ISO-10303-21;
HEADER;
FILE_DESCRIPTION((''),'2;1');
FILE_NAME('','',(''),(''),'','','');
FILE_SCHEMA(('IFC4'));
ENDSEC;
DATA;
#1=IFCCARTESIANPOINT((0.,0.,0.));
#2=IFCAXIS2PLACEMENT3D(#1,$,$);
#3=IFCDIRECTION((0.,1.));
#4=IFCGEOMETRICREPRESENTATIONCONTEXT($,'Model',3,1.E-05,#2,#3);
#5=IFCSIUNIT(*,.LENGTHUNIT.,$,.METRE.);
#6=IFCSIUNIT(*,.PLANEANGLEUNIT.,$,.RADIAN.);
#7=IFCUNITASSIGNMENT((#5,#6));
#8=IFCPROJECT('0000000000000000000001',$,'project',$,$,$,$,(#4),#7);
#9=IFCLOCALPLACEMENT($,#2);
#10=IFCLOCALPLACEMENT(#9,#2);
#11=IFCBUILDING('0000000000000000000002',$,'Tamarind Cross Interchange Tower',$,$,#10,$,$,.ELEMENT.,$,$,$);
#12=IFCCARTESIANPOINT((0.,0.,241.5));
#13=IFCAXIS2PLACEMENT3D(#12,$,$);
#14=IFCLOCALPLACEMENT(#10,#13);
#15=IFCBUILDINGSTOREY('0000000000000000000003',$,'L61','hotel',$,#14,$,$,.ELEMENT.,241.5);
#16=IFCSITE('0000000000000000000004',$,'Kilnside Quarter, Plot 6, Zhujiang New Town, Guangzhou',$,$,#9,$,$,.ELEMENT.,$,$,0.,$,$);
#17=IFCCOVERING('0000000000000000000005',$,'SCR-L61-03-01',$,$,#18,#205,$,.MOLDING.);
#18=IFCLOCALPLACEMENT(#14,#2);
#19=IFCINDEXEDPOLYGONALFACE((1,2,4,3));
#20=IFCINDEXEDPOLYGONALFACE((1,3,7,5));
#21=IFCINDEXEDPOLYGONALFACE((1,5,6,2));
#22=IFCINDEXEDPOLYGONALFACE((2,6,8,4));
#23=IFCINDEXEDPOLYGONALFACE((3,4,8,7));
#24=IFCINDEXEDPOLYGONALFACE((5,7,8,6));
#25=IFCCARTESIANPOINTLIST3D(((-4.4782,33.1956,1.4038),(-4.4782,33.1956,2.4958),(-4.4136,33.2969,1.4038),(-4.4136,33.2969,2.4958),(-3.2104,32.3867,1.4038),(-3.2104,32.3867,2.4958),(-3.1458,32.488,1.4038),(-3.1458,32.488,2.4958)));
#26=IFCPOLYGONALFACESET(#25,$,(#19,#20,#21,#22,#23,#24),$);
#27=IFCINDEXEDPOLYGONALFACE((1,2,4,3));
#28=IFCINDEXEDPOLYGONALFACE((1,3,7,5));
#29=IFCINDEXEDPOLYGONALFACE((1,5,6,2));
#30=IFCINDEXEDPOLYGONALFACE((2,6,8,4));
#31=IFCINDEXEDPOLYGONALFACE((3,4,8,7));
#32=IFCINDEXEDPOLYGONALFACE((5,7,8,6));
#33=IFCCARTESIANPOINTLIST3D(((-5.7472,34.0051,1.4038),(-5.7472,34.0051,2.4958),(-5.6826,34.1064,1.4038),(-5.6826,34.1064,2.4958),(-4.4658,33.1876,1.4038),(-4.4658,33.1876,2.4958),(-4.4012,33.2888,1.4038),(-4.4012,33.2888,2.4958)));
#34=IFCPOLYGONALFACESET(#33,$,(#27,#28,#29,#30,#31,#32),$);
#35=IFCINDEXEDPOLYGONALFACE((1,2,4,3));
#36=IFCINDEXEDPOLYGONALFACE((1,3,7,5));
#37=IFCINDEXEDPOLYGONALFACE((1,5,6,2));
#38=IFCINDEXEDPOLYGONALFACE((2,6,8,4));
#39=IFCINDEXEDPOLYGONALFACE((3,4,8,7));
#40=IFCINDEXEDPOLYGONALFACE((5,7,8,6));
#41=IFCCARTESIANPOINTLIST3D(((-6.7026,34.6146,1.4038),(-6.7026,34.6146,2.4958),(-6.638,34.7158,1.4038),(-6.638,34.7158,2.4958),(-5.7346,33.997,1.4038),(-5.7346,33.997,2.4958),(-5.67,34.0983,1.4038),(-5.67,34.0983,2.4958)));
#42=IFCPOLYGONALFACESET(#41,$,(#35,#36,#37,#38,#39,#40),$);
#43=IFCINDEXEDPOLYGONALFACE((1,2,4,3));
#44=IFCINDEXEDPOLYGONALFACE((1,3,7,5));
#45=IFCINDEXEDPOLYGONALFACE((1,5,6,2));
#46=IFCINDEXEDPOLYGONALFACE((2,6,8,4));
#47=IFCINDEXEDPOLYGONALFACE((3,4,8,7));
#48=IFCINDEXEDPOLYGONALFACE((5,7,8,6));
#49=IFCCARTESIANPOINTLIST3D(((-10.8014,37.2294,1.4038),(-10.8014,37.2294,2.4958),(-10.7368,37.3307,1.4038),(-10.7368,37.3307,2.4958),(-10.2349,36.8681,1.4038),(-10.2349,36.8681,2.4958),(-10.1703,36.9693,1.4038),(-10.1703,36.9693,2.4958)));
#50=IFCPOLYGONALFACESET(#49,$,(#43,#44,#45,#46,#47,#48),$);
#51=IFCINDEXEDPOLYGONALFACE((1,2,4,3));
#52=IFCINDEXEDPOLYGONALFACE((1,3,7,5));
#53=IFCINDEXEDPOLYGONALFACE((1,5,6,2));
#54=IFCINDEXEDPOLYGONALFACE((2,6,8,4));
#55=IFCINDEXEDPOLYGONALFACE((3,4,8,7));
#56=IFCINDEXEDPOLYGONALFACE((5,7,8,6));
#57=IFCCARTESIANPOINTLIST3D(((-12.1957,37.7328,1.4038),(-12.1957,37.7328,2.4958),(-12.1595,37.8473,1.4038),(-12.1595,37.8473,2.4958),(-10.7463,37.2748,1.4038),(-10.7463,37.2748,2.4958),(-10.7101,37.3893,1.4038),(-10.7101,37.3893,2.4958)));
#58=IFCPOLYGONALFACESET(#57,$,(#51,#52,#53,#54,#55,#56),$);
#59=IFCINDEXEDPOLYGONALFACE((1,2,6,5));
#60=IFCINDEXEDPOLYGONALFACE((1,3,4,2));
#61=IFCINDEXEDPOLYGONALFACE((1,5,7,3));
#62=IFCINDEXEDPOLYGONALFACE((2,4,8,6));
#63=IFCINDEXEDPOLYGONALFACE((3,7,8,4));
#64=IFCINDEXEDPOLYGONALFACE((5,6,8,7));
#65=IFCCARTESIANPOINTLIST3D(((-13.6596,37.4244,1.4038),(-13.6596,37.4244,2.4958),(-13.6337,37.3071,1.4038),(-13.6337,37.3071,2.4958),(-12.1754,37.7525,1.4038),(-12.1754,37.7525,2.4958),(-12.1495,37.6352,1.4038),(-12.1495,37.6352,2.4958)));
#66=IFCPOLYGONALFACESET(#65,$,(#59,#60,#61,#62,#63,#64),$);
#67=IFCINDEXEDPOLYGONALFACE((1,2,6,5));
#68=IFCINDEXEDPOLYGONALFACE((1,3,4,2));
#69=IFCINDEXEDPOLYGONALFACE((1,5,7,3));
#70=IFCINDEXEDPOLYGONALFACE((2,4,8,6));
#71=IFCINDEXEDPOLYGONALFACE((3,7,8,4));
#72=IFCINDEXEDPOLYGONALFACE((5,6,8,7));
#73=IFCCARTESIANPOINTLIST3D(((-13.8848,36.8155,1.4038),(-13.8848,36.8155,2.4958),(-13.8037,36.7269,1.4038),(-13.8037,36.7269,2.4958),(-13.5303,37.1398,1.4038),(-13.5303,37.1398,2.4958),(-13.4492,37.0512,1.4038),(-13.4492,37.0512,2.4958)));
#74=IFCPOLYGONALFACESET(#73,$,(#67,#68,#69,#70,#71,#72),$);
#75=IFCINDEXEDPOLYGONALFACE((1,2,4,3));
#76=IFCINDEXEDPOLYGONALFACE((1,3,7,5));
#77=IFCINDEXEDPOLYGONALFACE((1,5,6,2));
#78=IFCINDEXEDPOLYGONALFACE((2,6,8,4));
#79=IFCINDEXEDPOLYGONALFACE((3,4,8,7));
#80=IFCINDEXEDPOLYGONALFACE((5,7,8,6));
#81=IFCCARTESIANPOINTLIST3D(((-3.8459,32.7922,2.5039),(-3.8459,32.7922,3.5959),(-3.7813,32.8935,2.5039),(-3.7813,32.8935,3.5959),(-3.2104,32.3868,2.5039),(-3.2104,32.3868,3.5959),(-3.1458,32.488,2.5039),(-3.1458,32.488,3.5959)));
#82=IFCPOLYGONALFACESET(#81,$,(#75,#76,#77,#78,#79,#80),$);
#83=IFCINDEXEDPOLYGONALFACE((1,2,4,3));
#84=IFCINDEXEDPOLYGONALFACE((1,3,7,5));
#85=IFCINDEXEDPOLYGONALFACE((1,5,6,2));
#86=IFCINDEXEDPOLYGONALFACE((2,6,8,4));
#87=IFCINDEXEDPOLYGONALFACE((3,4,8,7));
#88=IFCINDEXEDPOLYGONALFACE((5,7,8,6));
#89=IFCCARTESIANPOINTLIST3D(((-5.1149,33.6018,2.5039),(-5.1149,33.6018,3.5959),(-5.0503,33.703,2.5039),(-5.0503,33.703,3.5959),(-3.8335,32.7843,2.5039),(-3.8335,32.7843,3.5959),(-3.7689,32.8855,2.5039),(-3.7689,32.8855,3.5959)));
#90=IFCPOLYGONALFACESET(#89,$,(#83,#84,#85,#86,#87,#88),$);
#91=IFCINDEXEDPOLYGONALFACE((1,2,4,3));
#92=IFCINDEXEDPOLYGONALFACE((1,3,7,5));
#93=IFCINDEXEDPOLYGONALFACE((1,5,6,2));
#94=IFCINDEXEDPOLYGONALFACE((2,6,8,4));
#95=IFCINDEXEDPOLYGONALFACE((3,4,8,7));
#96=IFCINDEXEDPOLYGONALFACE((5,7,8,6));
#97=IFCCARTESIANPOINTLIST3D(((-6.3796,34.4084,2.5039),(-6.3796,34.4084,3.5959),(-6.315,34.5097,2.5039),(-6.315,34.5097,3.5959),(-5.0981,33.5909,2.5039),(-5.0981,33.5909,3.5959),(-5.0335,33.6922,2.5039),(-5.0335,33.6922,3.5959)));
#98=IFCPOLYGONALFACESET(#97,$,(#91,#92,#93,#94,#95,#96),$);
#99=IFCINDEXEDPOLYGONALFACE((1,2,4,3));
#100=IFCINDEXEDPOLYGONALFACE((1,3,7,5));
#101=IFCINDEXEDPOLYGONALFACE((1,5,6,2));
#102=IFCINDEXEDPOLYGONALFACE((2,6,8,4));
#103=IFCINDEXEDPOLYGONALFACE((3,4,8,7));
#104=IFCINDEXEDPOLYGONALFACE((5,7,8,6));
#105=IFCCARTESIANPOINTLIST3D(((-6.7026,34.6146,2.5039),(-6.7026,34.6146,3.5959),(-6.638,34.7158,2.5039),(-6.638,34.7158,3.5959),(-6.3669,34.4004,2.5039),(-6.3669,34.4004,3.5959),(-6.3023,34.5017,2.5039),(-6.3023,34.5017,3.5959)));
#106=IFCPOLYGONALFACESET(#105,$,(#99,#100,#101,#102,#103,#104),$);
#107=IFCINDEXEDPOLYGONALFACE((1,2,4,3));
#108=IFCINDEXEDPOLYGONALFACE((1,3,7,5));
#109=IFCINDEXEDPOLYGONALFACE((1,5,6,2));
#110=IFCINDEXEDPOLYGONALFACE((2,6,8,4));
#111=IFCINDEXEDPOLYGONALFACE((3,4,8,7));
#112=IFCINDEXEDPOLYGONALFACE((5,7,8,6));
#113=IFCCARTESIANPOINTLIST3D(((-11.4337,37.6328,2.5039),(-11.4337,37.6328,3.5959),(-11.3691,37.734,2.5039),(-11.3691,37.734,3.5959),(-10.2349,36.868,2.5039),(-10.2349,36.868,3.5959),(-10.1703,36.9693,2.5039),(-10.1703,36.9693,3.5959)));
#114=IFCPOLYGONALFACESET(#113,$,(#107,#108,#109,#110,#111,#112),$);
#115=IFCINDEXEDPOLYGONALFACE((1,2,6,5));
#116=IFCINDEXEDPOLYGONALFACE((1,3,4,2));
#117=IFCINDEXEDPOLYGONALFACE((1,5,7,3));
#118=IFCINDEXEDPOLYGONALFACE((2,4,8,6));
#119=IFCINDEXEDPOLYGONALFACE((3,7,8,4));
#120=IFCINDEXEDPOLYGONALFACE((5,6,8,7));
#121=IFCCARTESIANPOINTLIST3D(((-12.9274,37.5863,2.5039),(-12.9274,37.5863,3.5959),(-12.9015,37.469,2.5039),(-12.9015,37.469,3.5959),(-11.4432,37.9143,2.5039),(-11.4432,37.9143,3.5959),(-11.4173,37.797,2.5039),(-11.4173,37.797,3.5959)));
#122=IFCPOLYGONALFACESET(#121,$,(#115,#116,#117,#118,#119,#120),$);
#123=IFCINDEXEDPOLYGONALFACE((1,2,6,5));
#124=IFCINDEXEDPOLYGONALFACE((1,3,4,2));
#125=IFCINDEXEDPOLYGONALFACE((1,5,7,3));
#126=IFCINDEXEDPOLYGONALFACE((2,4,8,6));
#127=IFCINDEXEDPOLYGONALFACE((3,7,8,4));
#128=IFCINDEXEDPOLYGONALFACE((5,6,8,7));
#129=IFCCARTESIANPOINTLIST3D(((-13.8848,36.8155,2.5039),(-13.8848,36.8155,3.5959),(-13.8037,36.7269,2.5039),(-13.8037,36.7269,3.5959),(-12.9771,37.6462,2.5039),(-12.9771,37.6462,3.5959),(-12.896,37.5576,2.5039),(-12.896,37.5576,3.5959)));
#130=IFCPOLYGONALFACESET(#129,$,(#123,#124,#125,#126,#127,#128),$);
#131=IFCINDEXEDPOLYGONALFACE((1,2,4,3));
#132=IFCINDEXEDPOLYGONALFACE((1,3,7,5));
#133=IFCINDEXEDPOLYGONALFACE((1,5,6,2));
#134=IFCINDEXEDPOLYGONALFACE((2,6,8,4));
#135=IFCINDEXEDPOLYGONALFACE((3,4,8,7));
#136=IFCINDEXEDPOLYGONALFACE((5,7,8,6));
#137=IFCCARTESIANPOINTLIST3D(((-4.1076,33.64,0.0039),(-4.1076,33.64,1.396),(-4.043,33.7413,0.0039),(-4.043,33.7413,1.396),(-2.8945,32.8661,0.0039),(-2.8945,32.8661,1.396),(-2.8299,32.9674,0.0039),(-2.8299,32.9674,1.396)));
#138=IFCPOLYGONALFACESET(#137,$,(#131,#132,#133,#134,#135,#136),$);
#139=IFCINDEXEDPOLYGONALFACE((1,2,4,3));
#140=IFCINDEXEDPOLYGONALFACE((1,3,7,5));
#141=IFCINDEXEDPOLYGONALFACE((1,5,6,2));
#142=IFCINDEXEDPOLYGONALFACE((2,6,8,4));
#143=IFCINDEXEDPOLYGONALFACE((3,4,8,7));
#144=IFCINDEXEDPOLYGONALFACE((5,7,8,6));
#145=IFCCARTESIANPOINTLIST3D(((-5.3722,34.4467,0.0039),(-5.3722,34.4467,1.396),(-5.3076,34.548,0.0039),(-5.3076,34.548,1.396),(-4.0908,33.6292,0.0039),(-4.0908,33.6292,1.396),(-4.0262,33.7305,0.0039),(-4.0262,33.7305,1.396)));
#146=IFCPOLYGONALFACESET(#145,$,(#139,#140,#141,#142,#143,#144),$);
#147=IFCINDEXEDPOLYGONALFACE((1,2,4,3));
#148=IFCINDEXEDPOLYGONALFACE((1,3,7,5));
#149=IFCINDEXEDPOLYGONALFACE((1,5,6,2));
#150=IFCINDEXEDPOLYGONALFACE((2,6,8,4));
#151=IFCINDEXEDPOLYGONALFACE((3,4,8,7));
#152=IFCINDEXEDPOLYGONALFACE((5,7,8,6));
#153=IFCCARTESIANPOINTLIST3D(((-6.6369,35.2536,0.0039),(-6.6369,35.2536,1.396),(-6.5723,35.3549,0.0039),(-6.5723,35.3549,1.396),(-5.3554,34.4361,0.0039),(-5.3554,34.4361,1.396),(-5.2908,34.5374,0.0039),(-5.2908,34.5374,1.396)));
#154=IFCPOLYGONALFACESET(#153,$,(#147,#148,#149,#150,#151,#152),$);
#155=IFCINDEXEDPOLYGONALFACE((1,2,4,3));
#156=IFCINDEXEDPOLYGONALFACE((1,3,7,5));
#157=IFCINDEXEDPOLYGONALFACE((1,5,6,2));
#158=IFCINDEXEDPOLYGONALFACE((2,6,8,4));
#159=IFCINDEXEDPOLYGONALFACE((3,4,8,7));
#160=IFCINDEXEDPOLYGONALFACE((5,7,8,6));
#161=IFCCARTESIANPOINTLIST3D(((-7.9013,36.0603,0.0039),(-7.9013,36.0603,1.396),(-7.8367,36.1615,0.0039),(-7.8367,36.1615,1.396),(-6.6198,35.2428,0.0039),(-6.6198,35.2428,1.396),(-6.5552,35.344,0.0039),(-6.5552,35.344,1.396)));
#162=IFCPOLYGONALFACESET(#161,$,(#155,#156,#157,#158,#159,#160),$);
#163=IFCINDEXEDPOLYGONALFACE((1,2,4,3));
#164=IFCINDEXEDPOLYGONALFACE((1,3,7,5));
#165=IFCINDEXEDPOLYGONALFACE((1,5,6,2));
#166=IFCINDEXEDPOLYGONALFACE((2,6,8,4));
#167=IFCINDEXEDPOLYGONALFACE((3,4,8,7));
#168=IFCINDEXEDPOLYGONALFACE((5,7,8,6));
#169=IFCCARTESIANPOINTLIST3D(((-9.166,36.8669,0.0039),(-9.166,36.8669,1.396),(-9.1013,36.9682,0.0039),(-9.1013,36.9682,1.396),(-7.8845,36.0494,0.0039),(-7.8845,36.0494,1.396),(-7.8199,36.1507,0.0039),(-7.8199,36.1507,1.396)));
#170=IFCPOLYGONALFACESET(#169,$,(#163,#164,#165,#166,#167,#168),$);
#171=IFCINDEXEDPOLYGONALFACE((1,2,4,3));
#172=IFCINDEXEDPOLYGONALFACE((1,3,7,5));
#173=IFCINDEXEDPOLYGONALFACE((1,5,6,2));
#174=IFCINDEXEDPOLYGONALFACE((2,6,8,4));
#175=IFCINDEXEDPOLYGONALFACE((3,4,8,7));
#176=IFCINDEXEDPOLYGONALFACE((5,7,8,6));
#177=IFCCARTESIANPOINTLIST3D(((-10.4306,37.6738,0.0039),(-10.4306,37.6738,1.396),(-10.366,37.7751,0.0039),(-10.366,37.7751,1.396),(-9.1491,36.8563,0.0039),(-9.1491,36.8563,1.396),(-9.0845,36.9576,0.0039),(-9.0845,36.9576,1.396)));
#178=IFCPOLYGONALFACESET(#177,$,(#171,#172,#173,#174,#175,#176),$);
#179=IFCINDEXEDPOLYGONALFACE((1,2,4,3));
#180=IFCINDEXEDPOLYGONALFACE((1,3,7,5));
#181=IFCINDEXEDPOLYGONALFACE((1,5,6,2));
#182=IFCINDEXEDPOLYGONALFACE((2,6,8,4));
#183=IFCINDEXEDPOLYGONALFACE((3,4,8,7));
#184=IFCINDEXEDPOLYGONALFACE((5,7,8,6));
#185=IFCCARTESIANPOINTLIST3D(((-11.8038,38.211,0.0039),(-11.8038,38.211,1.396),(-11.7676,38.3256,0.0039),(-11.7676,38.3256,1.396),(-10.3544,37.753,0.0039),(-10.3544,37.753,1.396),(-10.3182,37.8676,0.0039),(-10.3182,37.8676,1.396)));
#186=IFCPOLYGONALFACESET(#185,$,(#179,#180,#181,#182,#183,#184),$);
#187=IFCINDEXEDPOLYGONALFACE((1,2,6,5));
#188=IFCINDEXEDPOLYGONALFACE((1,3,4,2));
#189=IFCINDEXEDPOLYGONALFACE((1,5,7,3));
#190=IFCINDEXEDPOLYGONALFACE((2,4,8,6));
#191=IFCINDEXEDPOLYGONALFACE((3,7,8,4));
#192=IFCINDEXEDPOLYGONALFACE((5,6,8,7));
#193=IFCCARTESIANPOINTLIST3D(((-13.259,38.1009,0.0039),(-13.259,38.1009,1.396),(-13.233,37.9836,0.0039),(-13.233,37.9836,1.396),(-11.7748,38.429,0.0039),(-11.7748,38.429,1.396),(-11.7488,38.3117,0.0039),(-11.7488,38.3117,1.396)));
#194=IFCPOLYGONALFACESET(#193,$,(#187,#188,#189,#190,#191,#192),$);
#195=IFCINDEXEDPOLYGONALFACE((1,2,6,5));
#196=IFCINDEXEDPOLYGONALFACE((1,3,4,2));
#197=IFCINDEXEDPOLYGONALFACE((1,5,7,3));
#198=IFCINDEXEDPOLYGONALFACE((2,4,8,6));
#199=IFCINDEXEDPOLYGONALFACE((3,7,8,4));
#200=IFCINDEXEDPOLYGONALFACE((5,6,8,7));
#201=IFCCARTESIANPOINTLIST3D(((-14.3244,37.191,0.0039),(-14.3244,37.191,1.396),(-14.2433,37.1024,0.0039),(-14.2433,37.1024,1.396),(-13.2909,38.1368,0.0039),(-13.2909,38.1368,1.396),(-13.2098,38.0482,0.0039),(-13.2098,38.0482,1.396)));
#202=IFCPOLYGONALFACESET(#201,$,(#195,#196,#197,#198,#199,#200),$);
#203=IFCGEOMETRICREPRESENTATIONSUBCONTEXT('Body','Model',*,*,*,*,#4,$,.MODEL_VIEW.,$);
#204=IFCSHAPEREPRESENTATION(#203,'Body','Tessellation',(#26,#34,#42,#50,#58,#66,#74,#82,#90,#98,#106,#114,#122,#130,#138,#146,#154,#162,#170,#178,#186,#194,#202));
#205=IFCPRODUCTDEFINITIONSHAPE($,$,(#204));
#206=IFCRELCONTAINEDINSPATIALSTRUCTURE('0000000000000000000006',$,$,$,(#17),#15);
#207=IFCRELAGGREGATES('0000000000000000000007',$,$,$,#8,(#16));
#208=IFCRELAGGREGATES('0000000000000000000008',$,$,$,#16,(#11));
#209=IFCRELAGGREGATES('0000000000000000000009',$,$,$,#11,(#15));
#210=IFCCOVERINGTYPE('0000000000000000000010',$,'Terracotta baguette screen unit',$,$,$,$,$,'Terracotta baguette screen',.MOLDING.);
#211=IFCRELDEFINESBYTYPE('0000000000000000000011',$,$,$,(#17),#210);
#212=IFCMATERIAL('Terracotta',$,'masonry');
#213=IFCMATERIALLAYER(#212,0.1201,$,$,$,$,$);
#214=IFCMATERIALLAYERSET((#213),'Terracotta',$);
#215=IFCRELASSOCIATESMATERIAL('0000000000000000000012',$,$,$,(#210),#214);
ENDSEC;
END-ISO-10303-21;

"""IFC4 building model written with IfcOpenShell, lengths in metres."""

from ifc_helpers import new_model, si_unit, direction, frame, origin, origin_2d, place, context, subcontext, project, spatial, rectangle, extrude, material, layer, layer_set, type_object, element, save


model = new_model("IFC4")

# Units and contexts
model_context = context("Model", 3, precision=1e-05, world=origin(), true_north=direction((0.0, 1.0)))
body_context = subcontext(model_context, "Body", "Model", "MODEL_VIEW")
ifc_project = project(units=[si_unit("LENGTHUNIT", "METRE"), si_unit("PLANEANGLEUNIT", "RADIAN")], contexts=[model_context])

# Site, building, storey
site_placement = place(None, origin())
site = spatial("IfcSite", under=ifc_project, at=site_placement, Name="Kilnside Quarter, Plot 6, Zhujiang New Town, Guangzhou", CompositionType="ELEMENT", RefElevation=0.0)
building_placement = place(site_placement, origin())
building = spatial("IfcBuilding", under=site, at=building_placement, Name="Tamarind Cross Interchange Tower", CompositionType="ELEMENT")
storey_placement = place(building_placement, frame((0.0, 0.0, 241.5)))
storey = spatial("IfcBuildingStorey", under=building, at=storey_placement, Name="L61", Description="hotel", CompositionType="ELEMENT", Elevation=241.5)

# Covering
ifc_material_1 = material(Name="Terracotta", Category="masonry")
ifc_layer_1 = layer(ifc_material_1, 0.1201)
ifc_layer_set_1 = layer_set([ifc_layer_1], Name="Terracotta")
covering_type = type_object("IfcCoveringType", Name="Terracotta baguette screen unit", ElementType="Terracotta baguette screen", PredefinedType="MOLDING", material=ifc_layer_set_1)
covering_1_placement = place(storey_placement, origin())
element("IfcCovering", 1, at=covering_1_placement, inside=storey, type_object=covering_type, Name="SCR-L61-03-01", PredefinedType="MOLDING", context=body_context, shape_type="SweptSolid", body=[
    extrude(rectangle(XDim=1.5039, YDim=0.1201, at=origin_2d()), frame((-3.812, 32.8418, 1.4038), z_axis=(0.0, 0.0, 1.0), x_axis=(-0.843054, 0.537829, 0.0)), (0.0, 0.0, 1.0), 1.092),
    extrude(rectangle(XDim=1.52, YDim=0.1201, at=origin_2d()), frame((-5.0742, 33.647, 1.4038), z_axis=(0.0, 0.0, 1.0), x_axis=(-0.843054, 0.537829, 0.0)), (0.0, 0.0, 1.0), 1.092),
    extrude(rectangle(XDim=1.1482, YDim=0.1201, at=origin_2d()), frame((-6.1863, 34.3564, 1.4038), z_axis=(0.0, 0.0, 1.0), x_axis=(-0.843054, 0.537829, 0.0)), (0.0, 0.0, 1.0), 1.092),
    extrude(rectangle(XDim=0.6719, YDim=0.1201, at=origin_2d()), frame((-10.4858, 37.0994, 1.4038), z_axis=(0.0, 0.0, 1.0), x_axis=(-0.843054, 0.537829, 0.0)), (0.0, 0.0, 1.0), 1.092),
    extrude(rectangle(XDim=1.52, YDim=0.1201, at=origin_2d()), frame((-11.4529, 37.561, 1.4038), z_axis=(0.0, 0.0, 1.0), x_axis=(-0.953528, 0.301305, 0.0)), (0.0, 0.0, 1.0), 1.092),
    extrude(rectangle(XDim=1.52, YDim=0.1201, at=origin_2d()), frame((-12.9045, 37.5298, 1.4038), z_axis=(0.0, 0.0, 1.0), x_axis=(-0.976432, -0.215826, 0.0)), (0.0, 0.0, 1.0), 1.092),
    extrude(rectangle(XDim=0.4805, YDim=0.1201, at=origin_2d()), frame((-13.667, 36.9333, 1.4038), z_axis=(0.0, 0.0, 1.0), x_axis=(-0.737702, -0.675127, 0.0)), (0.0, 0.0, 1.0), 1.092),
    extrude(rectangle(XDim=0.7539, YDim=0.1201, at=origin_2d()), frame((-3.4958, 32.6401, 2.5039), z_axis=(0.0, 0.0, 1.0), x_axis=(-0.843054, 0.537829, 0.0)), (0.0, 0.0, 1.0), 1.092),
    extrude(rectangle(XDim=1.52, YDim=0.1201, at=origin_2d()), frame((-4.4419, 33.2437, 2.5039), z_axis=(0.0, 0.0, 1.0), x_axis=(-0.843054, 0.537829, 0.0)), (0.0, 0.0, 1.0), 1.092),
    extrude(rectangle(XDim=1.52, YDim=0.1201, at=origin_2d()), frame((-5.7065, 34.0503, 2.5039), z_axis=(0.0, 0.0, 1.0), x_axis=(-0.843054, 0.537829, 0.0)), (0.0, 0.0, 1.0), 1.092),
    extrude(rectangle(XDim=0.3982, YDim=0.1201, at=origin_2d()), frame((-6.5024, 34.5581, 2.5039), z_axis=(0.0, 0.0, 1.0), x_axis=(-0.843054, 0.537829, 0.0)), (0.0, 0.0, 1.0), 1.092),
    extrude(rectangle(XDim=1.4219, YDim=0.1201, at=origin_2d()), frame((-10.802, 37.301, 2.5039), z_axis=(0.0, 0.0, 1.0), x_axis=(-0.843054, 0.537829, 0.0)), (0.0, 0.0, 1.0), 1.092),
    extrude(rectangle(XDim=1.52, YDim=0.1201, at=origin_2d()), frame((-12.1724, 37.6917, 2.5039), z_axis=(0.0, 0.0, 1.0), x_axis=(-0.976432, -0.215826, 0.0)), (0.0, 0.0, 1.0), 1.092),
    extrude(rectangle(XDim=1.2305, YDim=0.1201, at=origin_2d()), frame((-13.3904, 37.1865, 2.5039), z_axis=(0.0, 0.0, 1.0), x_axis=(-0.737702, -0.675127, 0.0)), (0.0, 0.0, 1.0), 1.092),
    extrude(rectangle(XDim=1.439, YDim=0.1201, at=origin_2d()), frame((-3.4688, 33.3037, 0.0039), z_axis=(0.0, 0.0, 1.0), x_axis=(-0.843054, 0.537829, 0.0)), (0.0, 0.0, 1.0), 1.3921),
    extrude(rectangle(XDim=1.52, YDim=0.1201, at=origin_2d()), frame((-4.6992, 34.0886, 0.0039), z_axis=(0.0, 0.0, 1.0), x_axis=(-0.843054, 0.537829, 0.0)), (0.0, 0.0, 1.0), 1.3921),
    extrude(rectangle(XDim=1.52, YDim=0.1201, at=origin_2d()), frame((-5.9639, 34.8955, 0.0039), z_axis=(0.0, 0.0, 1.0), x_axis=(-0.843054, 0.537829, 0.0)), (0.0, 0.0, 1.0), 1.3921),
    extrude(rectangle(XDim=1.52, YDim=0.1201, at=origin_2d()), frame((-7.2283, 35.7021, 0.0039), z_axis=(0.0, 0.0, 1.0), x_axis=(-0.843054, 0.537829, 0.0)), (0.0, 0.0, 1.0), 1.3921),
    extrude(rectangle(XDim=1.52, YDim=0.1201, at=origin_2d()), frame((-8.4929, 36.5088, 0.0039), z_axis=(0.0, 0.0, 1.0), x_axis=(-0.843054, 0.537829, 0.0)), (0.0, 0.0, 1.0), 1.3921),
    extrude(rectangle(XDim=1.52, YDim=0.1201, at=origin_2d()), frame((-9.7576, 37.3157, 0.0039), z_axis=(0.0, 0.0, 1.0), x_axis=(-0.843054, 0.537829, 0.0)), (0.0, 0.0, 1.0), 1.3921),
    extrude(rectangle(XDim=1.52, YDim=0.1201, at=origin_2d()), frame((-11.061, 38.0393, 0.0039), z_axis=(0.0, 0.0, 1.0), x_axis=(-0.953528, 0.301305, 0.0)), (0.0, 0.0, 1.0), 1.3921),
    extrude(rectangle(XDim=1.52, YDim=0.1201, at=origin_2d()), frame((-12.5039, 38.2063, 0.0039), z_axis=(0.0, 0.0, 1.0), x_axis=(-0.976432, -0.215826, 0.0)), (0.0, 0.0, 1.0), 1.3921),
    extrude(rectangle(XDim=1.4009, YDim=0.1201, at=origin_2d()), frame((-13.7671, 37.6196, 0.0039), z_axis=(0.0, 0.0, 1.0), x_axis=(-0.737702, -0.675127, 0.0)), (0.0, 0.0, 1.0), 1.3921),
])

save(model, "model.ifc")
